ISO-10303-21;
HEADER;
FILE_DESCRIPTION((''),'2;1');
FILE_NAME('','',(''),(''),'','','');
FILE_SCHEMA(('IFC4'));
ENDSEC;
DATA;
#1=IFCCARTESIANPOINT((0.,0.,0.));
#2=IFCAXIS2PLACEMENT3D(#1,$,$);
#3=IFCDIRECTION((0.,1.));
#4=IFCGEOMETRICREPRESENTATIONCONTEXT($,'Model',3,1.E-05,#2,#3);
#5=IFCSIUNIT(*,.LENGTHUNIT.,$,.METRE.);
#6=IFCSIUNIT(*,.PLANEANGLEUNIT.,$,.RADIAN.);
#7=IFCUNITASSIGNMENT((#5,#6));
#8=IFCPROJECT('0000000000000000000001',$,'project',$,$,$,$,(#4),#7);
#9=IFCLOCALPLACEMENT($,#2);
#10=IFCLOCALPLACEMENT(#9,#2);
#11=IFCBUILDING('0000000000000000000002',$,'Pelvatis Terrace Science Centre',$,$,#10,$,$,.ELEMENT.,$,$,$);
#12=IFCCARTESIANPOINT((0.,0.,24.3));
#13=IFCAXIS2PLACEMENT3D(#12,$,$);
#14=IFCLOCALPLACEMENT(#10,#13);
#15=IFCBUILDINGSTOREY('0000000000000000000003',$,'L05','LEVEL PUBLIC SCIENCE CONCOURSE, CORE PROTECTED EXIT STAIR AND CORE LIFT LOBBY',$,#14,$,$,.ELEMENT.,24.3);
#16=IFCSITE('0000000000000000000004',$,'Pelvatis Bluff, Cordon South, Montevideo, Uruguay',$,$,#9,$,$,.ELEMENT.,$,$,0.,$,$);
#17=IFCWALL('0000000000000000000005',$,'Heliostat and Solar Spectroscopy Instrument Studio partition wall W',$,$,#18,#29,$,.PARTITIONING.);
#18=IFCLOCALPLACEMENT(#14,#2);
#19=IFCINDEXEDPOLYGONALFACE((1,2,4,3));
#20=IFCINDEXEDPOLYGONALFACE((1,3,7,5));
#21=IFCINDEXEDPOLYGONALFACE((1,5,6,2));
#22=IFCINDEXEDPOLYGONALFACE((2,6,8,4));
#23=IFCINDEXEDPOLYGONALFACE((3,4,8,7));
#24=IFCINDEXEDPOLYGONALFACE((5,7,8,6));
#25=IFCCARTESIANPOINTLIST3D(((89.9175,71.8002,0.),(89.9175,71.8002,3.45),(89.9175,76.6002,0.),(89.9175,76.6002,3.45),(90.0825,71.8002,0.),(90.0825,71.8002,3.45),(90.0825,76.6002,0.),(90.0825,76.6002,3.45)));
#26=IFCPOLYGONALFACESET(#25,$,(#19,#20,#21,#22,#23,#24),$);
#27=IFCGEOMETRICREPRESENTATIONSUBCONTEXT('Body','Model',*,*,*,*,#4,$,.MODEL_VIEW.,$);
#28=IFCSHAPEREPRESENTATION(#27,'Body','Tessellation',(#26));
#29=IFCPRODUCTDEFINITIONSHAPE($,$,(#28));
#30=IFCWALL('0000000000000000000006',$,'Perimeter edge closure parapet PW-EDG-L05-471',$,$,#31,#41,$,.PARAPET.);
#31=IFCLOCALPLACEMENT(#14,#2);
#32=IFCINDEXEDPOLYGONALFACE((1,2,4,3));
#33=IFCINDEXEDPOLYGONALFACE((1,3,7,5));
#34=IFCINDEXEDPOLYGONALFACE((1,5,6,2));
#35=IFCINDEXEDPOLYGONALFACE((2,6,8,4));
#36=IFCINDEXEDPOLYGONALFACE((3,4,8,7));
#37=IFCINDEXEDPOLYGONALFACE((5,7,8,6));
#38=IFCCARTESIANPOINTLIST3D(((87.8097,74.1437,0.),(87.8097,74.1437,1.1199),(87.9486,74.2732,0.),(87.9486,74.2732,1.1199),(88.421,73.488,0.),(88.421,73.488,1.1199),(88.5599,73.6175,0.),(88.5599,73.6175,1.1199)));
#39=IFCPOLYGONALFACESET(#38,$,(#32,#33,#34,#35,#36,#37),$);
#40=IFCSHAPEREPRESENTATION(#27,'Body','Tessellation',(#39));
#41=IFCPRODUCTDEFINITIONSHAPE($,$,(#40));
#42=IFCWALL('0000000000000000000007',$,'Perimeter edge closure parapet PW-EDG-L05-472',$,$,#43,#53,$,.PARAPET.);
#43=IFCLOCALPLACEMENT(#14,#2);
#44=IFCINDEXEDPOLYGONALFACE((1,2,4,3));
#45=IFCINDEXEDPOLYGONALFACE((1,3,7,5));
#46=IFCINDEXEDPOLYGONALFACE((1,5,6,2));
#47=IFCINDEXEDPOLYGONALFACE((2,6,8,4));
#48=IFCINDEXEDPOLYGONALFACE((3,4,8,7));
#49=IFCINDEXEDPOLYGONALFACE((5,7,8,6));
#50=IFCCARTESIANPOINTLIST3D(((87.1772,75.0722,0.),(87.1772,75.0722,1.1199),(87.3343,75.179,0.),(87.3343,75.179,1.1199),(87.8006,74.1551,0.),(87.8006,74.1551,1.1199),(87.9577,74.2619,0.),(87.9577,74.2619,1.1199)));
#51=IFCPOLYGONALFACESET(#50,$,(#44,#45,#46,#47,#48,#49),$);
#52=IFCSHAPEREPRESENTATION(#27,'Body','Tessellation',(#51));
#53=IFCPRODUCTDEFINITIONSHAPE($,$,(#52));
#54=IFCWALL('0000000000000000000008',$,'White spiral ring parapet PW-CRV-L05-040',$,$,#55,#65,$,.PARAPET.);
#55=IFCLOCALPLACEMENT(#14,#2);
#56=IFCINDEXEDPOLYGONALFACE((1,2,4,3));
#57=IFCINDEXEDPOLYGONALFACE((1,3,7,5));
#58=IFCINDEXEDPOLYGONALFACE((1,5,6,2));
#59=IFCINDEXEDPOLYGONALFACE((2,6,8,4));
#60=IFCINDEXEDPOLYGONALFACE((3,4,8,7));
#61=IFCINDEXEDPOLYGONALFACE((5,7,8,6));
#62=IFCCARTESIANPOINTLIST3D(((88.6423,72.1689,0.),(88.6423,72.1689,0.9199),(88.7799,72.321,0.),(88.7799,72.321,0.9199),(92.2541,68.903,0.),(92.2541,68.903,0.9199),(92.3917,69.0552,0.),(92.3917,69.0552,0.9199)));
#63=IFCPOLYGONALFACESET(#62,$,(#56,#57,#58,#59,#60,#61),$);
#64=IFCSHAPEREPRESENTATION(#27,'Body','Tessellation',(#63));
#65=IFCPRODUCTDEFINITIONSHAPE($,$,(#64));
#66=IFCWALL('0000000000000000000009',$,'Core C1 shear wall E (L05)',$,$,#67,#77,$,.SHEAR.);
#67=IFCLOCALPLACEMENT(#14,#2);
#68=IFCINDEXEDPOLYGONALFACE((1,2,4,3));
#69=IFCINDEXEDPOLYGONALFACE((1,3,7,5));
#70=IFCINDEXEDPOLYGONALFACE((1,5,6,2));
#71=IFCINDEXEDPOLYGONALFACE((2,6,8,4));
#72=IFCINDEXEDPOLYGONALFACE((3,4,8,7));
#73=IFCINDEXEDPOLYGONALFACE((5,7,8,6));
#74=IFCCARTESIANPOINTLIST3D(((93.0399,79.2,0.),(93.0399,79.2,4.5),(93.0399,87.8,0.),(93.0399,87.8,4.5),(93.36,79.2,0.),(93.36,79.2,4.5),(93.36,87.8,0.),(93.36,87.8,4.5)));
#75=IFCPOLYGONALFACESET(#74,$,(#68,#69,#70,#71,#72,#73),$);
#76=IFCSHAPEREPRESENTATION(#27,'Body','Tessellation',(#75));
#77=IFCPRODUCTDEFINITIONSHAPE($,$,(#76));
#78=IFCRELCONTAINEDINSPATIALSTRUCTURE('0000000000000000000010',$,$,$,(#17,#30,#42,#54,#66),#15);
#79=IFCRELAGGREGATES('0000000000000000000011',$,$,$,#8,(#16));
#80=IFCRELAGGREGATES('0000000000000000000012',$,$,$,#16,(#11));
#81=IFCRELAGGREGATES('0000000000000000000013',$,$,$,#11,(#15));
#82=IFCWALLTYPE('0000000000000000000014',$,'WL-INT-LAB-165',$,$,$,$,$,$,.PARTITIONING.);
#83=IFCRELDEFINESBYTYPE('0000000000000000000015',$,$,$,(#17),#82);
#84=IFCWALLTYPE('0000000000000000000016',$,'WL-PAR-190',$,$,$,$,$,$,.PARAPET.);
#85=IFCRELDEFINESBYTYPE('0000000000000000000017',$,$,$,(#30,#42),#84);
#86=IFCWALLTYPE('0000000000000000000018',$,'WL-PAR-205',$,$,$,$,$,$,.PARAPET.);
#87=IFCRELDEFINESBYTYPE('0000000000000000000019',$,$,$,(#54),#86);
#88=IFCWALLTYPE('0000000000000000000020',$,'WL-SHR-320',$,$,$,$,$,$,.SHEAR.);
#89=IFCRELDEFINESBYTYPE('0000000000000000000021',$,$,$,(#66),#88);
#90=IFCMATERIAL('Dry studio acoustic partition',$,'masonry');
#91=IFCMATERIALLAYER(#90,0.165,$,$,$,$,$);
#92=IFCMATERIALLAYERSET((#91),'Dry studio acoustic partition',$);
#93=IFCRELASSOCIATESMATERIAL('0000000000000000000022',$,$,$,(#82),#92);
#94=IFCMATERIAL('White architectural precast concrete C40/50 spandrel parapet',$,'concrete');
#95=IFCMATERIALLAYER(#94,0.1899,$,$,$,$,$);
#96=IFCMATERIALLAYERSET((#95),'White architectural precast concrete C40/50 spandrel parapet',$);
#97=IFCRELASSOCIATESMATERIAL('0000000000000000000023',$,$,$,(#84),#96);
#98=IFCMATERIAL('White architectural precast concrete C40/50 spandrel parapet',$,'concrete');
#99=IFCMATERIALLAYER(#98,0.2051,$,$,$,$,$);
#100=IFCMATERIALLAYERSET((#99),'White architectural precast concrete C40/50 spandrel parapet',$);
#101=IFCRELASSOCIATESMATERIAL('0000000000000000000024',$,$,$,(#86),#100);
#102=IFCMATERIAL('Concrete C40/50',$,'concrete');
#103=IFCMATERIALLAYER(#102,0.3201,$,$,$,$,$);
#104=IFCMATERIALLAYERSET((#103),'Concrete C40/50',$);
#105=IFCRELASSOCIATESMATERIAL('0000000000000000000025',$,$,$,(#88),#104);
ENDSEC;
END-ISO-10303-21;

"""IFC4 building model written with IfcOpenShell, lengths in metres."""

from ifc_helpers import new_model, si_unit, direction, frame, frame_2d, origin, place, context, subcontext, project, spatial, rectangle, extrude, material, layer, layer_set, type_object, element, save


model = new_model("IFC4")

# Units and contexts
model_context = context("Model", 3, precision=1e-05, world=origin(), true_north=direction((0.0, 1.0)))
body_context = subcontext(model_context, "Body", "Model", "MODEL_VIEW")
ifc_project = project(units=[si_unit("LENGTHUNIT", "METRE"), si_unit("PLANEANGLEUNIT", "RADIAN")], contexts=[model_context])

# Site, building, storey
site_placement = place(None, origin())
site = spatial("IfcSite", under=ifc_project, at=site_placement, Name="Pelvatis Bluff, Cordon South, Montevideo, Uruguay", CompositionType="ELEMENT", RefElevation=0.0)
building_placement = place(site_placement, origin())
building = spatial("IfcBuilding", under=site, at=building_placement, Name="Pelvatis Terrace Science Centre", CompositionType="ELEMENT")
storey_placement = place(building_placement, frame((0.0, 0.0, 24.3)))
storey = spatial("IfcBuildingStorey", under=building, at=storey_placement, Name="L05", Description="LEVEL PUBLIC SCIENCE CONCOURSE, CORE PROTECTED EXIT STAIR AND CORE LIFT LOBBY", CompositionType="ELEMENT", Elevation=24.3)

# Walls
ifc_material_1 = material(Name="Dry studio acoustic partition", Category="masonry")
ifc_layer_1 = layer(ifc_material_1, 0.165)
ifc_layer_set_1 = layer_set([ifc_layer_1], Name="Dry studio acoustic partition")
wall_type_1 = type_object("IfcWallType", Name="WL-INT-LAB-165", PredefinedType="PARTITIONING", material=ifc_layer_set_1)
wall_1_placement = place(storey_placement, frame((90.0, 76.6001, 0.0), z_axis=(0.0, 0.0, 1.0), x_axis=(0.0, -1.0, 0.0)))
element("IfcWall", 1, at=wall_1_placement, inside=storey, type_object=wall_type_1, Name="Heliostat and Solar Spectroscopy Instrument Studio partition wall W", PredefinedType="PARTITIONING", context=body_context, shape_type="SweptSolid", body=[
    extrude(rectangle(XDim=4.8, YDim=0.165, at=frame_2d((2.3999, 0.0))), origin(), (0.0, 0.0, 1.0), 3.45),
])
ifc_material_2 = material(Name="White architectural precast concrete C40/50 spandrel parapet", Category="concrete")
ifc_layer_2 = layer(ifc_material_2, 0.1899)
ifc_layer_set_2 = layer_set([ifc_layer_2], Name="White architectural precast concrete C40/50 spandrel parapet")
wall_type_2 = type_object("IfcWallType", Name="WL-PAR-190", PredefinedType="PARAPET", material=ifc_layer_set_2)
wall_2_placement = place(storey_placement, frame((88.4905, 73.5527, 0.0), z_axis=(0.0, 0.0, 1.0), x_axis=(-0.681891, 0.731454, 0.0)))
element("IfcWall", 2, at=wall_2_placement, inside=storey, type_object=wall_type_2, Name="Perimeter edge closure parapet PW-EDG-L05-471", PredefinedType="PARAPET", context=body_context, shape_type="SweptSolid", body=[
    extrude(rectangle(XDim=0.8965, YDim=0.1899, at=frame_2d((0.4482, 0.0))), origin(), (0.0, 0.0, 1.0), 1.1199),
])
wall_3_placement = place(storey_placement, frame((87.8792, 74.2085, 0.0), z_axis=(0.0, 0.0, 1.0), x_axis=(-0.562147, 0.827037, 0.0)))
element("IfcWall", 3, at=wall_3_placement, inside=storey, type_object=wall_type_2, Name="Perimeter edge closure parapet PW-EDG-L05-472", PredefinedType="PARAPET", context=body_context, shape_type="SweptSolid", body=[
    extrude(rectangle(XDim=1.1089, YDim=0.1899, at=frame_2d((0.5544, 0.0))), origin(), (0.0, 0.0, 1.0), 1.1199),
])
ifc_material_3 = material(Name="White architectural precast concrete C40/50 spandrel parapet", Category="concrete")
ifc_layer_3 = layer(ifc_material_3, 0.2051)
ifc_layer_set_3 = layer_set([ifc_layer_3], Name="White architectural precast concrete C40/50 spandrel parapet")
wall_type_3 = type_object("IfcWallType", Name="WL-PAR-205", PredefinedType="PARAPET", material=ifc_layer_set_3)
wall_4_placement = place(storey_placement, frame((88.7112, 72.2449, 0.0), z_axis=(0.0, 0.0, 1.0), x_axis=(0.741736, -0.670691, 0.0)))
element("IfcWall", 4, at=wall_4_placement, inside=storey, type_object=wall_type_3, Name="White spiral ring parapet PW-CRV-L05-040", PredefinedType="PARAPET", context=body_context, shape_type="SweptSolid", body=[
    extrude(rectangle(XDim=4.8694, YDim=0.2051, at=frame_2d((2.4346, 0.0))), origin(), (0.0, 0.0, 1.0), 0.9199),
])
ifc_material_4 = material(Name="Concrete C40/50", Category="concrete")
ifc_layer_4 = layer(ifc_material_4, 0.3201)
ifc_layer_set_4 = layer_set([ifc_layer_4], Name="Concrete C40/50")
wall_type_4 = type_object("IfcWallType", Name="WL-SHR-320", PredefinedType="SHEAR", material=ifc_layer_set_4)
wall_5_placement = place(storey_placement, frame((93.2, 79.2, 0.0), z_axis=(0.0, 0.0, 1.0), x_axis=(0.0, 1.0, 0.0)))
element("IfcWall", 5, at=wall_5_placement, inside=storey, type_object=wall_type_4, Name="Core C1 shear wall E (L05)", PredefinedType="SHEAR", context=body_context, shape_type="SweptSolid", body=[
    extrude(rectangle(XDim=8.6001, YDim=0.3201, at=frame_2d((4.3, 0.0))), origin(), (0.0, 0.0, 1.0), 4.5),
])

save(model, "model.ifc")
